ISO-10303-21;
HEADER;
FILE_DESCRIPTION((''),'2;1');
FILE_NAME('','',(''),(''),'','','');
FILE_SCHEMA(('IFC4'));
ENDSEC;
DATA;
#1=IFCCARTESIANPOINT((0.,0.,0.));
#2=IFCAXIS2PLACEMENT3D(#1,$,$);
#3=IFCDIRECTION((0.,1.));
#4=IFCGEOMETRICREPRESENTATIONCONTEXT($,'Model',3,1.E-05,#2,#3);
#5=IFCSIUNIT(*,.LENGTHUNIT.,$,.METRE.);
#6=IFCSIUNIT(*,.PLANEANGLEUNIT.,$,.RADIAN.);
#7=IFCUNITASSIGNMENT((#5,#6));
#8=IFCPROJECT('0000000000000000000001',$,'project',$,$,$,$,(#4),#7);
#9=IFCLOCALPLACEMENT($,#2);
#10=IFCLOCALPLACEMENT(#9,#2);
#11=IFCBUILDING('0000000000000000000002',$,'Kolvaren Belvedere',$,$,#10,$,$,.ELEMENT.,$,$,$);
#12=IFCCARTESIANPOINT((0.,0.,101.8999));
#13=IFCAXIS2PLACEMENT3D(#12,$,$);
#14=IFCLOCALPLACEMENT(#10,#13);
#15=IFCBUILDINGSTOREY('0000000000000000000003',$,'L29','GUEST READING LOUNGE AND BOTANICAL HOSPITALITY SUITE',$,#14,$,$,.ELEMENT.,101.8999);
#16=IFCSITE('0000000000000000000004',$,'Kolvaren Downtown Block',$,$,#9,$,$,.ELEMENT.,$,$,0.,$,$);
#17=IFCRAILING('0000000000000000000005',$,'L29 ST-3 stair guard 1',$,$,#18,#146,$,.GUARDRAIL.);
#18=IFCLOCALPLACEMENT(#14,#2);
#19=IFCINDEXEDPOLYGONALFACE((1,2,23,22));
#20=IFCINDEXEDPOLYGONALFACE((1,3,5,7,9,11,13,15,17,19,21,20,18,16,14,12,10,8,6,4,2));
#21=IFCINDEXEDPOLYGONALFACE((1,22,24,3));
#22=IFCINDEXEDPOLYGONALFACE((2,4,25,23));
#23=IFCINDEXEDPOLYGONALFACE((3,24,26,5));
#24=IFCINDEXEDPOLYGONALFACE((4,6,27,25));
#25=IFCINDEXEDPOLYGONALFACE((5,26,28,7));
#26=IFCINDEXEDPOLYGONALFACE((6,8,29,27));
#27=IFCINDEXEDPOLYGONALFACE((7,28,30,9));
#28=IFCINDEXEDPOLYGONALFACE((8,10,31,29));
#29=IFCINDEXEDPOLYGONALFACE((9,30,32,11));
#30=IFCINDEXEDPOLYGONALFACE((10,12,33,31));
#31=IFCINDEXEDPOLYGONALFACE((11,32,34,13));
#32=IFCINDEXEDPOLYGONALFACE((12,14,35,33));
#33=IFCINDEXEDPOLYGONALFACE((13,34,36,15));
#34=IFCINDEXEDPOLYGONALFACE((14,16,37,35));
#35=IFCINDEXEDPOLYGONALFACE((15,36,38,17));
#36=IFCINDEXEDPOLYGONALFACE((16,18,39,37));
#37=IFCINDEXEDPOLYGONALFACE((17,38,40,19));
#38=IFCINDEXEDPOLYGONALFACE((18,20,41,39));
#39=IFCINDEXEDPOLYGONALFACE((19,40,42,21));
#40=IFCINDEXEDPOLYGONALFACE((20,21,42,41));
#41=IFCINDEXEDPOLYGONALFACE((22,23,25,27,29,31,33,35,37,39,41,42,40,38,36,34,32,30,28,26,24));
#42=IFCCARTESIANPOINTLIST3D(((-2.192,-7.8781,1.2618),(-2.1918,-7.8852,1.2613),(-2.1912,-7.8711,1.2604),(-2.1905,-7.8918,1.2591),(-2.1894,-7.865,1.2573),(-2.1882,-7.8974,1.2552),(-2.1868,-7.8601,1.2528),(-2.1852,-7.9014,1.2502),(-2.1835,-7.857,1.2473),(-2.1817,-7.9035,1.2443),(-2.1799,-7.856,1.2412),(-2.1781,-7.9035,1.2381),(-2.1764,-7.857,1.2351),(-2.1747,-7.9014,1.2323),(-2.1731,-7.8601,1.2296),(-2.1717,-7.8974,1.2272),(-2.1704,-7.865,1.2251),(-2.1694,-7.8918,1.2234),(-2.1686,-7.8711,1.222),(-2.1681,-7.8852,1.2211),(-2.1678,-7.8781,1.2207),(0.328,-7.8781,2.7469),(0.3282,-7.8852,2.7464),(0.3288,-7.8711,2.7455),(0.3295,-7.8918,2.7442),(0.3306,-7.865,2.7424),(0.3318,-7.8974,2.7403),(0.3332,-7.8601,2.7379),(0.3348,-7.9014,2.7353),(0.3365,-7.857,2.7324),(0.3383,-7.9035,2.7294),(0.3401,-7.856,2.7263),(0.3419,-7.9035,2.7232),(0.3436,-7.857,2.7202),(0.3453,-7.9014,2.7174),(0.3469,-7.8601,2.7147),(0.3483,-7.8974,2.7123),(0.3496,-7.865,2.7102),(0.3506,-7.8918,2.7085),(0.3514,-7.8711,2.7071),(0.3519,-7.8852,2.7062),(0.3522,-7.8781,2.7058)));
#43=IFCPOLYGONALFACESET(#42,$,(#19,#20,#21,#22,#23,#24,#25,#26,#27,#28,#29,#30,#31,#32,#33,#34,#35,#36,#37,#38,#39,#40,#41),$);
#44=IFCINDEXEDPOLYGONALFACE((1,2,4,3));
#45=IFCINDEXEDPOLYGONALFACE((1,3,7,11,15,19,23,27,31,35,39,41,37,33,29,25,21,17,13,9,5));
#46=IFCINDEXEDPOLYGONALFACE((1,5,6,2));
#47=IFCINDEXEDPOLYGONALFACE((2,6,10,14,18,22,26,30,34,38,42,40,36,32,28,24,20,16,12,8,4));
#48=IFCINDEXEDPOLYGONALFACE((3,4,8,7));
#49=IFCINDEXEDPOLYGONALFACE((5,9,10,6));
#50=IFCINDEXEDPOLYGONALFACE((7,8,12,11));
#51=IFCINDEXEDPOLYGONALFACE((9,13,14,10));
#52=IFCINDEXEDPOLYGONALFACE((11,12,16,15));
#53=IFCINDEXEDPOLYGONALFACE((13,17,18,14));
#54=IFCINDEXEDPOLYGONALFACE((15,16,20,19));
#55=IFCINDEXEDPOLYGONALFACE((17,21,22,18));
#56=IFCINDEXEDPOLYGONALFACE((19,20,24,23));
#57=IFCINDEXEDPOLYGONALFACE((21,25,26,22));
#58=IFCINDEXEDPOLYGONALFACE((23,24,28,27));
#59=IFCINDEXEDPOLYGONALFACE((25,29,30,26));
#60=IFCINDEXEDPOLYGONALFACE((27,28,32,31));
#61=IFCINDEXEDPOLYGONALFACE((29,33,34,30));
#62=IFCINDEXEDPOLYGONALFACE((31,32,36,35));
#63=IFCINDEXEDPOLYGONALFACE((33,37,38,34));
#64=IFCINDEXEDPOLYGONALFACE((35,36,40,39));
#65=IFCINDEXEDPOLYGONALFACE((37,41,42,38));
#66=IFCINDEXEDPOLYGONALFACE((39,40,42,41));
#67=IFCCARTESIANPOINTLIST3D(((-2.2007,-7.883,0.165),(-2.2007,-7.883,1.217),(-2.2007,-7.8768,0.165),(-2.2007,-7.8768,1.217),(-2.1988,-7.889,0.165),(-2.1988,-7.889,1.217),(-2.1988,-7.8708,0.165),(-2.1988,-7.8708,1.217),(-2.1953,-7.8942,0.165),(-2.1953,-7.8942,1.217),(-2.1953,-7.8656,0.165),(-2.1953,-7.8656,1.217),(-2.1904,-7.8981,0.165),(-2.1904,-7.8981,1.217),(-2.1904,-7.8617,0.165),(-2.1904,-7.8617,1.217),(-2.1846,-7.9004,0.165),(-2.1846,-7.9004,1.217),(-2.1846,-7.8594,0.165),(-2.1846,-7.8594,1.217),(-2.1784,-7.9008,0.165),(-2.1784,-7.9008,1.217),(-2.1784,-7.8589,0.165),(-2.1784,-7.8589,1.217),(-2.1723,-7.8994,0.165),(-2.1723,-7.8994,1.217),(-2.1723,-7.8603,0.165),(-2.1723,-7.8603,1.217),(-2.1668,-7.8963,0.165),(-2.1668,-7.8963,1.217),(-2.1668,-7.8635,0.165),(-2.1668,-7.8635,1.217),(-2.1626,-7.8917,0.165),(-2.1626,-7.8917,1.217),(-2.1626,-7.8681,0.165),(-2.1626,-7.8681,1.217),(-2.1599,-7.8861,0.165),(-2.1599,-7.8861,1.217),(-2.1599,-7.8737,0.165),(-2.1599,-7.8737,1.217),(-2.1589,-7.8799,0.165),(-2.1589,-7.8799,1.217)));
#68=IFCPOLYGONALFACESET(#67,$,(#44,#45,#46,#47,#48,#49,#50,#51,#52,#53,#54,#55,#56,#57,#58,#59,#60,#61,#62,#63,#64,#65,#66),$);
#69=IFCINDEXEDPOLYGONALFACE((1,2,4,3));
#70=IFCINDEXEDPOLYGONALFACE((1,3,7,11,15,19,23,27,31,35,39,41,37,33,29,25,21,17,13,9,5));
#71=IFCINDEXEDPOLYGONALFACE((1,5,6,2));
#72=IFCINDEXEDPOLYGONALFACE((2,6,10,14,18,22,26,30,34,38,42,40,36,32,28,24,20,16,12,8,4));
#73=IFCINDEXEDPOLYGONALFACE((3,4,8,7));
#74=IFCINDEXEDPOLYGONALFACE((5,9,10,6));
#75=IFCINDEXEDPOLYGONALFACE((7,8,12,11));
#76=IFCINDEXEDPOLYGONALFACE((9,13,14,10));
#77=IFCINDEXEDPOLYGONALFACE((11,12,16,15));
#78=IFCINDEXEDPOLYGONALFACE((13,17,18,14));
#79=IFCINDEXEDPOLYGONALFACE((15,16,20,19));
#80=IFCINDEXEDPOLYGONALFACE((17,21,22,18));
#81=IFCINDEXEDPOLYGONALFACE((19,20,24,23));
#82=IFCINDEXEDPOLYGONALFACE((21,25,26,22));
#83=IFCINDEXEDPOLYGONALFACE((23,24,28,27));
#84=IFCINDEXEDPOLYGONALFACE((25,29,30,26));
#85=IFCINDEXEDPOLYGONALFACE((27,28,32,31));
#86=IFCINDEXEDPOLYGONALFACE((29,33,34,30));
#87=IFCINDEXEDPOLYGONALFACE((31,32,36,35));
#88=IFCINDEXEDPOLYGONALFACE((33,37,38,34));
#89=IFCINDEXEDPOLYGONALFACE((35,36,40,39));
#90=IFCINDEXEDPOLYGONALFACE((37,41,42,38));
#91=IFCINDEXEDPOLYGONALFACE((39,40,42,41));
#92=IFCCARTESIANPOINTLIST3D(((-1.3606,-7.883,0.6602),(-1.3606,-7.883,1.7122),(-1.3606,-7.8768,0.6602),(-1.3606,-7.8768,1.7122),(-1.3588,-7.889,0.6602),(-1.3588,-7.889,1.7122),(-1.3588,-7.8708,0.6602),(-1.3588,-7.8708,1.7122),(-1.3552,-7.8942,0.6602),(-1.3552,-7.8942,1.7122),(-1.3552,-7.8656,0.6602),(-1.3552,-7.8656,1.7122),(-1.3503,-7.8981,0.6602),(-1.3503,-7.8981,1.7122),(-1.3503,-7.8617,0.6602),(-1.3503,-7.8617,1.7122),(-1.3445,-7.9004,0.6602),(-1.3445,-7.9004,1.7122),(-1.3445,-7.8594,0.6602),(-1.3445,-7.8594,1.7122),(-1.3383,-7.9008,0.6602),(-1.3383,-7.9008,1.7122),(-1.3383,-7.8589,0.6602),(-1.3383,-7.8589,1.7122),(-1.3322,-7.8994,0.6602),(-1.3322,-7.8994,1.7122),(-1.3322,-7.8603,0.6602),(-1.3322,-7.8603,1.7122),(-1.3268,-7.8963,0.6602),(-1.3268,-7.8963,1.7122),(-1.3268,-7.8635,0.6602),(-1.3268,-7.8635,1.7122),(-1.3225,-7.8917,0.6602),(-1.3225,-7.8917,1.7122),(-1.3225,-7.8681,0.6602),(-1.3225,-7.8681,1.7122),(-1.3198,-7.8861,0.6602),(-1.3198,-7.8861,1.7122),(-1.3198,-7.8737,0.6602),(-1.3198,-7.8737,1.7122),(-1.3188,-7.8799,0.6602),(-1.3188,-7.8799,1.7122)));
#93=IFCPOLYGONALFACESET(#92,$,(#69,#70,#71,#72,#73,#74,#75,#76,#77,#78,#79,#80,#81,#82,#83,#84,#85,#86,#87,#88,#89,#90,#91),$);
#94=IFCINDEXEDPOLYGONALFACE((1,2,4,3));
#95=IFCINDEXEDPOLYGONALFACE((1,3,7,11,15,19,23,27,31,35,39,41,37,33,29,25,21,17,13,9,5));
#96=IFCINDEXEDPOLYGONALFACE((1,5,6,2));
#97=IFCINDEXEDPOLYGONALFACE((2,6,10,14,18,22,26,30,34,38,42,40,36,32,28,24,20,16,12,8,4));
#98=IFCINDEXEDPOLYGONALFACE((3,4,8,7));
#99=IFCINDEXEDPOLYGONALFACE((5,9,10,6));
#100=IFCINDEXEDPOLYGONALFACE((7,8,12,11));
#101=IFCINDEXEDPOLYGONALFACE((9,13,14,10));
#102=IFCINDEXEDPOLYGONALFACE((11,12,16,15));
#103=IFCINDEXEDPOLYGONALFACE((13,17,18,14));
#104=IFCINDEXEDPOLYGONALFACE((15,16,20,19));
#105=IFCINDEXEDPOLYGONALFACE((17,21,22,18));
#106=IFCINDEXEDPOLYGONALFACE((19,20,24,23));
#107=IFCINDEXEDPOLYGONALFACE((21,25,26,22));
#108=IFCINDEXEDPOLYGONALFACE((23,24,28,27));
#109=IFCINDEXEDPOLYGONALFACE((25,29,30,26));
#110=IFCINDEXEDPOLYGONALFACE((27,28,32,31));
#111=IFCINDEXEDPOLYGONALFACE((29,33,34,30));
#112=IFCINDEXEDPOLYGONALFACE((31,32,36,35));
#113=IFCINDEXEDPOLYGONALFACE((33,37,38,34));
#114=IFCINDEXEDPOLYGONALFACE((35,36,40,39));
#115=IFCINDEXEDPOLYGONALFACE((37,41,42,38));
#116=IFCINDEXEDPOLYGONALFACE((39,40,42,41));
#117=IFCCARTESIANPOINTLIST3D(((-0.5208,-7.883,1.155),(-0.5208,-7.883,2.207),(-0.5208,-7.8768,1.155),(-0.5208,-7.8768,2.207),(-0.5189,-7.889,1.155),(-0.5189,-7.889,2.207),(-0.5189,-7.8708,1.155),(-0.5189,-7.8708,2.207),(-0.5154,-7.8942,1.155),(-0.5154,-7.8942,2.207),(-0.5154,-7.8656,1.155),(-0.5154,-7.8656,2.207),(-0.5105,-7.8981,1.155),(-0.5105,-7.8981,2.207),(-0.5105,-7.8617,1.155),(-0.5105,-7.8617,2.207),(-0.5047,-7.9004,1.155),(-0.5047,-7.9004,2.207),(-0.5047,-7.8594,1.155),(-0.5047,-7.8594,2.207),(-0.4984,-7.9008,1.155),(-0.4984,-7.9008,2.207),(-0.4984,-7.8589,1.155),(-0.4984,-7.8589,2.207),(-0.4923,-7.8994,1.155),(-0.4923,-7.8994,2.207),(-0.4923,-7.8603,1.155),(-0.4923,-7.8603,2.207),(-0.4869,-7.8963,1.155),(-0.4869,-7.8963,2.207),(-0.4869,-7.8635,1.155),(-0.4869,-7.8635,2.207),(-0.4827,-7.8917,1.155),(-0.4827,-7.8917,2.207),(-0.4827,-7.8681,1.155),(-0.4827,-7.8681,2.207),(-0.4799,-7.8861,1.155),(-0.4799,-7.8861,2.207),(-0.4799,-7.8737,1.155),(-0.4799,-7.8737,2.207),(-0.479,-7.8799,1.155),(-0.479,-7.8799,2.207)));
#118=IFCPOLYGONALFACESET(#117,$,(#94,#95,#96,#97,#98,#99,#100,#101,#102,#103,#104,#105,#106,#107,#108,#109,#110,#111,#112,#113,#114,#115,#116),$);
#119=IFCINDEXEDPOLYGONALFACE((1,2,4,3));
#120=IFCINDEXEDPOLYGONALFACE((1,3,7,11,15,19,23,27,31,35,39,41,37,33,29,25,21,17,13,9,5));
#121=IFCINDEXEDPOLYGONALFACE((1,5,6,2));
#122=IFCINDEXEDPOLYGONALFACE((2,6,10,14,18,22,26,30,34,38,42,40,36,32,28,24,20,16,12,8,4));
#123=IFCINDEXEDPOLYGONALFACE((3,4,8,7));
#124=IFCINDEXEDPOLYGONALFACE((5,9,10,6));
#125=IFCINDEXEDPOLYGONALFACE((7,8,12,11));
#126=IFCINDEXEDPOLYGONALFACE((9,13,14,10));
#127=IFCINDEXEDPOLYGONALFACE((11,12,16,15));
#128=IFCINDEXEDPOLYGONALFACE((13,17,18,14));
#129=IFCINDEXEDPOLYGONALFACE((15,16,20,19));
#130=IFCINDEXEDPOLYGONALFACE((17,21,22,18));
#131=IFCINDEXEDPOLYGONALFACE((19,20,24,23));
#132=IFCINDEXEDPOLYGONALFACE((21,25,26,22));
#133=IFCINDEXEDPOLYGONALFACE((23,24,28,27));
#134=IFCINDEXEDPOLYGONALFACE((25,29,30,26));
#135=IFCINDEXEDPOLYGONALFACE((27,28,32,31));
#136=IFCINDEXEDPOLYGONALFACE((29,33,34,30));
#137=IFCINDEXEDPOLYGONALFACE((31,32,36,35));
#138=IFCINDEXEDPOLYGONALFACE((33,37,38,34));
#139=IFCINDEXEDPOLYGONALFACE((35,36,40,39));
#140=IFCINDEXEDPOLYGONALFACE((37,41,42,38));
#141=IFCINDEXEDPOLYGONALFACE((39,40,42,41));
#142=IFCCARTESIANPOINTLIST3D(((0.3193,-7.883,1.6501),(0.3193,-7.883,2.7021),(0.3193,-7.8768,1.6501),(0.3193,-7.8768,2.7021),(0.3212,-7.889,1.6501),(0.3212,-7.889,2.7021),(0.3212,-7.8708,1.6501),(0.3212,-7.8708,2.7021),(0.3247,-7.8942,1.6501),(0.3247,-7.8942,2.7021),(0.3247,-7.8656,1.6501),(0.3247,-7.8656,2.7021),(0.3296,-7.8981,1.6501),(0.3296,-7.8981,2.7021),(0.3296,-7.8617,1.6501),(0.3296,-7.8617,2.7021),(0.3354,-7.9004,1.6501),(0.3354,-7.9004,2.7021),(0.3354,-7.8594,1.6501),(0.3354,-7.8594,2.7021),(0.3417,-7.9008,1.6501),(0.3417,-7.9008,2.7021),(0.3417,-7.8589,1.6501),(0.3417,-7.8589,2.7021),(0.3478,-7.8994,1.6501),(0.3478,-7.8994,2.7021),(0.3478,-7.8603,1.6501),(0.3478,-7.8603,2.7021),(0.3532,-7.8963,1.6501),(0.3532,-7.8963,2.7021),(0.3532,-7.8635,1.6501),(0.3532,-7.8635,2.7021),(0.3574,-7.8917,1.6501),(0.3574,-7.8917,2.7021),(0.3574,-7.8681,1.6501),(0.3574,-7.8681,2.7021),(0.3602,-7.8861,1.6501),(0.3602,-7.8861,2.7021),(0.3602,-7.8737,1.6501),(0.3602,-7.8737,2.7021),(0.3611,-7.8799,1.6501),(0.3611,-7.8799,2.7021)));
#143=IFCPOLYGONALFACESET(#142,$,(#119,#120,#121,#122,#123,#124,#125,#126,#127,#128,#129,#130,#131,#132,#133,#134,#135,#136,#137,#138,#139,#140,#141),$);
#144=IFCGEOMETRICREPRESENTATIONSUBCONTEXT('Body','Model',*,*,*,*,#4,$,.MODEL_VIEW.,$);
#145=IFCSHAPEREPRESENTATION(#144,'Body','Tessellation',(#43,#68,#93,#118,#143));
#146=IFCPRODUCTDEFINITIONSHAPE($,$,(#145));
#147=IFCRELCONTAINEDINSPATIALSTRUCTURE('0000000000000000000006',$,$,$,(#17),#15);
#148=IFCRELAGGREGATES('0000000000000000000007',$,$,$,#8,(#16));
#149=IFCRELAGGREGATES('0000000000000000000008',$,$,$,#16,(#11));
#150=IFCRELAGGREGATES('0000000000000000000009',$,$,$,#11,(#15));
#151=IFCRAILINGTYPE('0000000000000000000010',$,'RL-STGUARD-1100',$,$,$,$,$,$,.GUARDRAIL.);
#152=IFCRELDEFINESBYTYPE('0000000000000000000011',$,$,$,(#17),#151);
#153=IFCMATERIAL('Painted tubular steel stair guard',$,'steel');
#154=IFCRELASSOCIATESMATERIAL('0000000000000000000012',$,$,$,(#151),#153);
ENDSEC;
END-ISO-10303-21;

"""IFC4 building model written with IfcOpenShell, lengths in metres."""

from ifc_helpers import new_model, si_unit, direction, frame, origin, origin_2d, place, context, subcontext, project, spatial, circle, extrude, material, type_object, element, save


model = new_model("IFC4")

# Units and contexts
model_context = context("Model", 3, precision=1e-05, world=origin(), true_north=direction((0.0, 1.0)))
body_context = subcontext(model_context, "Body", "Model", "MODEL_VIEW")
ifc_project = project(units=[si_unit("LENGTHUNIT", "METRE"), si_unit("PLANEANGLEUNIT", "RADIAN")], contexts=[model_context])

# Site, building, storey
site_placement = place(None, origin())
site = spatial("IfcSite", under=ifc_project, at=site_placement, Name="Kolvaren Downtown Block", CompositionType="ELEMENT", RefElevation=0.0)
building_placement = place(site_placement, origin())
building = spatial("IfcBuilding", under=site, at=building_placement, Name="Kolvaren Belvedere", CompositionType="ELEMENT")
storey_placement = place(building_placement, frame((0.0, 0.0, 101.8999)))
storey = spatial("IfcBuildingStorey", under=building, at=storey_placement, Name="L29", Description="GUEST READING LOUNGE AND BOTANICAL HOSPITALITY SUITE", CompositionType="ELEMENT", Elevation=101.8999)

# Railing
ifc_material_1 = material(Name="Painted tubular steel stair guard", Category="steel")
railing_type_1 = type_object("IfcRailingType", Name="RL-STGUARD-1100", PredefinedType="GUARDRAIL", material=ifc_material_1)
railing_1_placement = place(storey_placement, frame((-2.1799, -7.8799, 0.165)))
element("IfcRailing", 1, at=railing_1_placement, inside=storey, type_object=railing_type_1, Name="L29 ST-3 stair guard 1", PredefinedType="GUARDRAIL", context=body_context, shape_type="SweptSolid", body=[
    extrude(circle(Radius=0.0239, at=origin_2d()), frame((0.0, 0.0, 1.0762), z_axis=(0.861524, 0.0, 0.507717), x_axis=(0.0, 1.0, 0.0)), (0.0, 0.0, 1.0), 2.925),
    extrude(circle(Radius=0.021, at=origin_2d()), origin(), (0.0, 0.0, 1.0), 1.052),
    extrude(circle(Radius=0.021, at=origin_2d()), frame((0.8401, 0.0, 0.4951)), (0.0, 0.0, 1.0), 1.052),
    extrude(circle(Radius=0.021, at=origin_2d()), frame((1.6799, 0.0, 0.99)), (0.0, 0.0, 1.0), 1.052),
    extrude(circle(Radius=0.021, at=origin_2d()), frame((2.52, 0.0, 1.4851)), (0.0, 0.0, 1.0), 1.052),
])

save(model, "model.ifc")
